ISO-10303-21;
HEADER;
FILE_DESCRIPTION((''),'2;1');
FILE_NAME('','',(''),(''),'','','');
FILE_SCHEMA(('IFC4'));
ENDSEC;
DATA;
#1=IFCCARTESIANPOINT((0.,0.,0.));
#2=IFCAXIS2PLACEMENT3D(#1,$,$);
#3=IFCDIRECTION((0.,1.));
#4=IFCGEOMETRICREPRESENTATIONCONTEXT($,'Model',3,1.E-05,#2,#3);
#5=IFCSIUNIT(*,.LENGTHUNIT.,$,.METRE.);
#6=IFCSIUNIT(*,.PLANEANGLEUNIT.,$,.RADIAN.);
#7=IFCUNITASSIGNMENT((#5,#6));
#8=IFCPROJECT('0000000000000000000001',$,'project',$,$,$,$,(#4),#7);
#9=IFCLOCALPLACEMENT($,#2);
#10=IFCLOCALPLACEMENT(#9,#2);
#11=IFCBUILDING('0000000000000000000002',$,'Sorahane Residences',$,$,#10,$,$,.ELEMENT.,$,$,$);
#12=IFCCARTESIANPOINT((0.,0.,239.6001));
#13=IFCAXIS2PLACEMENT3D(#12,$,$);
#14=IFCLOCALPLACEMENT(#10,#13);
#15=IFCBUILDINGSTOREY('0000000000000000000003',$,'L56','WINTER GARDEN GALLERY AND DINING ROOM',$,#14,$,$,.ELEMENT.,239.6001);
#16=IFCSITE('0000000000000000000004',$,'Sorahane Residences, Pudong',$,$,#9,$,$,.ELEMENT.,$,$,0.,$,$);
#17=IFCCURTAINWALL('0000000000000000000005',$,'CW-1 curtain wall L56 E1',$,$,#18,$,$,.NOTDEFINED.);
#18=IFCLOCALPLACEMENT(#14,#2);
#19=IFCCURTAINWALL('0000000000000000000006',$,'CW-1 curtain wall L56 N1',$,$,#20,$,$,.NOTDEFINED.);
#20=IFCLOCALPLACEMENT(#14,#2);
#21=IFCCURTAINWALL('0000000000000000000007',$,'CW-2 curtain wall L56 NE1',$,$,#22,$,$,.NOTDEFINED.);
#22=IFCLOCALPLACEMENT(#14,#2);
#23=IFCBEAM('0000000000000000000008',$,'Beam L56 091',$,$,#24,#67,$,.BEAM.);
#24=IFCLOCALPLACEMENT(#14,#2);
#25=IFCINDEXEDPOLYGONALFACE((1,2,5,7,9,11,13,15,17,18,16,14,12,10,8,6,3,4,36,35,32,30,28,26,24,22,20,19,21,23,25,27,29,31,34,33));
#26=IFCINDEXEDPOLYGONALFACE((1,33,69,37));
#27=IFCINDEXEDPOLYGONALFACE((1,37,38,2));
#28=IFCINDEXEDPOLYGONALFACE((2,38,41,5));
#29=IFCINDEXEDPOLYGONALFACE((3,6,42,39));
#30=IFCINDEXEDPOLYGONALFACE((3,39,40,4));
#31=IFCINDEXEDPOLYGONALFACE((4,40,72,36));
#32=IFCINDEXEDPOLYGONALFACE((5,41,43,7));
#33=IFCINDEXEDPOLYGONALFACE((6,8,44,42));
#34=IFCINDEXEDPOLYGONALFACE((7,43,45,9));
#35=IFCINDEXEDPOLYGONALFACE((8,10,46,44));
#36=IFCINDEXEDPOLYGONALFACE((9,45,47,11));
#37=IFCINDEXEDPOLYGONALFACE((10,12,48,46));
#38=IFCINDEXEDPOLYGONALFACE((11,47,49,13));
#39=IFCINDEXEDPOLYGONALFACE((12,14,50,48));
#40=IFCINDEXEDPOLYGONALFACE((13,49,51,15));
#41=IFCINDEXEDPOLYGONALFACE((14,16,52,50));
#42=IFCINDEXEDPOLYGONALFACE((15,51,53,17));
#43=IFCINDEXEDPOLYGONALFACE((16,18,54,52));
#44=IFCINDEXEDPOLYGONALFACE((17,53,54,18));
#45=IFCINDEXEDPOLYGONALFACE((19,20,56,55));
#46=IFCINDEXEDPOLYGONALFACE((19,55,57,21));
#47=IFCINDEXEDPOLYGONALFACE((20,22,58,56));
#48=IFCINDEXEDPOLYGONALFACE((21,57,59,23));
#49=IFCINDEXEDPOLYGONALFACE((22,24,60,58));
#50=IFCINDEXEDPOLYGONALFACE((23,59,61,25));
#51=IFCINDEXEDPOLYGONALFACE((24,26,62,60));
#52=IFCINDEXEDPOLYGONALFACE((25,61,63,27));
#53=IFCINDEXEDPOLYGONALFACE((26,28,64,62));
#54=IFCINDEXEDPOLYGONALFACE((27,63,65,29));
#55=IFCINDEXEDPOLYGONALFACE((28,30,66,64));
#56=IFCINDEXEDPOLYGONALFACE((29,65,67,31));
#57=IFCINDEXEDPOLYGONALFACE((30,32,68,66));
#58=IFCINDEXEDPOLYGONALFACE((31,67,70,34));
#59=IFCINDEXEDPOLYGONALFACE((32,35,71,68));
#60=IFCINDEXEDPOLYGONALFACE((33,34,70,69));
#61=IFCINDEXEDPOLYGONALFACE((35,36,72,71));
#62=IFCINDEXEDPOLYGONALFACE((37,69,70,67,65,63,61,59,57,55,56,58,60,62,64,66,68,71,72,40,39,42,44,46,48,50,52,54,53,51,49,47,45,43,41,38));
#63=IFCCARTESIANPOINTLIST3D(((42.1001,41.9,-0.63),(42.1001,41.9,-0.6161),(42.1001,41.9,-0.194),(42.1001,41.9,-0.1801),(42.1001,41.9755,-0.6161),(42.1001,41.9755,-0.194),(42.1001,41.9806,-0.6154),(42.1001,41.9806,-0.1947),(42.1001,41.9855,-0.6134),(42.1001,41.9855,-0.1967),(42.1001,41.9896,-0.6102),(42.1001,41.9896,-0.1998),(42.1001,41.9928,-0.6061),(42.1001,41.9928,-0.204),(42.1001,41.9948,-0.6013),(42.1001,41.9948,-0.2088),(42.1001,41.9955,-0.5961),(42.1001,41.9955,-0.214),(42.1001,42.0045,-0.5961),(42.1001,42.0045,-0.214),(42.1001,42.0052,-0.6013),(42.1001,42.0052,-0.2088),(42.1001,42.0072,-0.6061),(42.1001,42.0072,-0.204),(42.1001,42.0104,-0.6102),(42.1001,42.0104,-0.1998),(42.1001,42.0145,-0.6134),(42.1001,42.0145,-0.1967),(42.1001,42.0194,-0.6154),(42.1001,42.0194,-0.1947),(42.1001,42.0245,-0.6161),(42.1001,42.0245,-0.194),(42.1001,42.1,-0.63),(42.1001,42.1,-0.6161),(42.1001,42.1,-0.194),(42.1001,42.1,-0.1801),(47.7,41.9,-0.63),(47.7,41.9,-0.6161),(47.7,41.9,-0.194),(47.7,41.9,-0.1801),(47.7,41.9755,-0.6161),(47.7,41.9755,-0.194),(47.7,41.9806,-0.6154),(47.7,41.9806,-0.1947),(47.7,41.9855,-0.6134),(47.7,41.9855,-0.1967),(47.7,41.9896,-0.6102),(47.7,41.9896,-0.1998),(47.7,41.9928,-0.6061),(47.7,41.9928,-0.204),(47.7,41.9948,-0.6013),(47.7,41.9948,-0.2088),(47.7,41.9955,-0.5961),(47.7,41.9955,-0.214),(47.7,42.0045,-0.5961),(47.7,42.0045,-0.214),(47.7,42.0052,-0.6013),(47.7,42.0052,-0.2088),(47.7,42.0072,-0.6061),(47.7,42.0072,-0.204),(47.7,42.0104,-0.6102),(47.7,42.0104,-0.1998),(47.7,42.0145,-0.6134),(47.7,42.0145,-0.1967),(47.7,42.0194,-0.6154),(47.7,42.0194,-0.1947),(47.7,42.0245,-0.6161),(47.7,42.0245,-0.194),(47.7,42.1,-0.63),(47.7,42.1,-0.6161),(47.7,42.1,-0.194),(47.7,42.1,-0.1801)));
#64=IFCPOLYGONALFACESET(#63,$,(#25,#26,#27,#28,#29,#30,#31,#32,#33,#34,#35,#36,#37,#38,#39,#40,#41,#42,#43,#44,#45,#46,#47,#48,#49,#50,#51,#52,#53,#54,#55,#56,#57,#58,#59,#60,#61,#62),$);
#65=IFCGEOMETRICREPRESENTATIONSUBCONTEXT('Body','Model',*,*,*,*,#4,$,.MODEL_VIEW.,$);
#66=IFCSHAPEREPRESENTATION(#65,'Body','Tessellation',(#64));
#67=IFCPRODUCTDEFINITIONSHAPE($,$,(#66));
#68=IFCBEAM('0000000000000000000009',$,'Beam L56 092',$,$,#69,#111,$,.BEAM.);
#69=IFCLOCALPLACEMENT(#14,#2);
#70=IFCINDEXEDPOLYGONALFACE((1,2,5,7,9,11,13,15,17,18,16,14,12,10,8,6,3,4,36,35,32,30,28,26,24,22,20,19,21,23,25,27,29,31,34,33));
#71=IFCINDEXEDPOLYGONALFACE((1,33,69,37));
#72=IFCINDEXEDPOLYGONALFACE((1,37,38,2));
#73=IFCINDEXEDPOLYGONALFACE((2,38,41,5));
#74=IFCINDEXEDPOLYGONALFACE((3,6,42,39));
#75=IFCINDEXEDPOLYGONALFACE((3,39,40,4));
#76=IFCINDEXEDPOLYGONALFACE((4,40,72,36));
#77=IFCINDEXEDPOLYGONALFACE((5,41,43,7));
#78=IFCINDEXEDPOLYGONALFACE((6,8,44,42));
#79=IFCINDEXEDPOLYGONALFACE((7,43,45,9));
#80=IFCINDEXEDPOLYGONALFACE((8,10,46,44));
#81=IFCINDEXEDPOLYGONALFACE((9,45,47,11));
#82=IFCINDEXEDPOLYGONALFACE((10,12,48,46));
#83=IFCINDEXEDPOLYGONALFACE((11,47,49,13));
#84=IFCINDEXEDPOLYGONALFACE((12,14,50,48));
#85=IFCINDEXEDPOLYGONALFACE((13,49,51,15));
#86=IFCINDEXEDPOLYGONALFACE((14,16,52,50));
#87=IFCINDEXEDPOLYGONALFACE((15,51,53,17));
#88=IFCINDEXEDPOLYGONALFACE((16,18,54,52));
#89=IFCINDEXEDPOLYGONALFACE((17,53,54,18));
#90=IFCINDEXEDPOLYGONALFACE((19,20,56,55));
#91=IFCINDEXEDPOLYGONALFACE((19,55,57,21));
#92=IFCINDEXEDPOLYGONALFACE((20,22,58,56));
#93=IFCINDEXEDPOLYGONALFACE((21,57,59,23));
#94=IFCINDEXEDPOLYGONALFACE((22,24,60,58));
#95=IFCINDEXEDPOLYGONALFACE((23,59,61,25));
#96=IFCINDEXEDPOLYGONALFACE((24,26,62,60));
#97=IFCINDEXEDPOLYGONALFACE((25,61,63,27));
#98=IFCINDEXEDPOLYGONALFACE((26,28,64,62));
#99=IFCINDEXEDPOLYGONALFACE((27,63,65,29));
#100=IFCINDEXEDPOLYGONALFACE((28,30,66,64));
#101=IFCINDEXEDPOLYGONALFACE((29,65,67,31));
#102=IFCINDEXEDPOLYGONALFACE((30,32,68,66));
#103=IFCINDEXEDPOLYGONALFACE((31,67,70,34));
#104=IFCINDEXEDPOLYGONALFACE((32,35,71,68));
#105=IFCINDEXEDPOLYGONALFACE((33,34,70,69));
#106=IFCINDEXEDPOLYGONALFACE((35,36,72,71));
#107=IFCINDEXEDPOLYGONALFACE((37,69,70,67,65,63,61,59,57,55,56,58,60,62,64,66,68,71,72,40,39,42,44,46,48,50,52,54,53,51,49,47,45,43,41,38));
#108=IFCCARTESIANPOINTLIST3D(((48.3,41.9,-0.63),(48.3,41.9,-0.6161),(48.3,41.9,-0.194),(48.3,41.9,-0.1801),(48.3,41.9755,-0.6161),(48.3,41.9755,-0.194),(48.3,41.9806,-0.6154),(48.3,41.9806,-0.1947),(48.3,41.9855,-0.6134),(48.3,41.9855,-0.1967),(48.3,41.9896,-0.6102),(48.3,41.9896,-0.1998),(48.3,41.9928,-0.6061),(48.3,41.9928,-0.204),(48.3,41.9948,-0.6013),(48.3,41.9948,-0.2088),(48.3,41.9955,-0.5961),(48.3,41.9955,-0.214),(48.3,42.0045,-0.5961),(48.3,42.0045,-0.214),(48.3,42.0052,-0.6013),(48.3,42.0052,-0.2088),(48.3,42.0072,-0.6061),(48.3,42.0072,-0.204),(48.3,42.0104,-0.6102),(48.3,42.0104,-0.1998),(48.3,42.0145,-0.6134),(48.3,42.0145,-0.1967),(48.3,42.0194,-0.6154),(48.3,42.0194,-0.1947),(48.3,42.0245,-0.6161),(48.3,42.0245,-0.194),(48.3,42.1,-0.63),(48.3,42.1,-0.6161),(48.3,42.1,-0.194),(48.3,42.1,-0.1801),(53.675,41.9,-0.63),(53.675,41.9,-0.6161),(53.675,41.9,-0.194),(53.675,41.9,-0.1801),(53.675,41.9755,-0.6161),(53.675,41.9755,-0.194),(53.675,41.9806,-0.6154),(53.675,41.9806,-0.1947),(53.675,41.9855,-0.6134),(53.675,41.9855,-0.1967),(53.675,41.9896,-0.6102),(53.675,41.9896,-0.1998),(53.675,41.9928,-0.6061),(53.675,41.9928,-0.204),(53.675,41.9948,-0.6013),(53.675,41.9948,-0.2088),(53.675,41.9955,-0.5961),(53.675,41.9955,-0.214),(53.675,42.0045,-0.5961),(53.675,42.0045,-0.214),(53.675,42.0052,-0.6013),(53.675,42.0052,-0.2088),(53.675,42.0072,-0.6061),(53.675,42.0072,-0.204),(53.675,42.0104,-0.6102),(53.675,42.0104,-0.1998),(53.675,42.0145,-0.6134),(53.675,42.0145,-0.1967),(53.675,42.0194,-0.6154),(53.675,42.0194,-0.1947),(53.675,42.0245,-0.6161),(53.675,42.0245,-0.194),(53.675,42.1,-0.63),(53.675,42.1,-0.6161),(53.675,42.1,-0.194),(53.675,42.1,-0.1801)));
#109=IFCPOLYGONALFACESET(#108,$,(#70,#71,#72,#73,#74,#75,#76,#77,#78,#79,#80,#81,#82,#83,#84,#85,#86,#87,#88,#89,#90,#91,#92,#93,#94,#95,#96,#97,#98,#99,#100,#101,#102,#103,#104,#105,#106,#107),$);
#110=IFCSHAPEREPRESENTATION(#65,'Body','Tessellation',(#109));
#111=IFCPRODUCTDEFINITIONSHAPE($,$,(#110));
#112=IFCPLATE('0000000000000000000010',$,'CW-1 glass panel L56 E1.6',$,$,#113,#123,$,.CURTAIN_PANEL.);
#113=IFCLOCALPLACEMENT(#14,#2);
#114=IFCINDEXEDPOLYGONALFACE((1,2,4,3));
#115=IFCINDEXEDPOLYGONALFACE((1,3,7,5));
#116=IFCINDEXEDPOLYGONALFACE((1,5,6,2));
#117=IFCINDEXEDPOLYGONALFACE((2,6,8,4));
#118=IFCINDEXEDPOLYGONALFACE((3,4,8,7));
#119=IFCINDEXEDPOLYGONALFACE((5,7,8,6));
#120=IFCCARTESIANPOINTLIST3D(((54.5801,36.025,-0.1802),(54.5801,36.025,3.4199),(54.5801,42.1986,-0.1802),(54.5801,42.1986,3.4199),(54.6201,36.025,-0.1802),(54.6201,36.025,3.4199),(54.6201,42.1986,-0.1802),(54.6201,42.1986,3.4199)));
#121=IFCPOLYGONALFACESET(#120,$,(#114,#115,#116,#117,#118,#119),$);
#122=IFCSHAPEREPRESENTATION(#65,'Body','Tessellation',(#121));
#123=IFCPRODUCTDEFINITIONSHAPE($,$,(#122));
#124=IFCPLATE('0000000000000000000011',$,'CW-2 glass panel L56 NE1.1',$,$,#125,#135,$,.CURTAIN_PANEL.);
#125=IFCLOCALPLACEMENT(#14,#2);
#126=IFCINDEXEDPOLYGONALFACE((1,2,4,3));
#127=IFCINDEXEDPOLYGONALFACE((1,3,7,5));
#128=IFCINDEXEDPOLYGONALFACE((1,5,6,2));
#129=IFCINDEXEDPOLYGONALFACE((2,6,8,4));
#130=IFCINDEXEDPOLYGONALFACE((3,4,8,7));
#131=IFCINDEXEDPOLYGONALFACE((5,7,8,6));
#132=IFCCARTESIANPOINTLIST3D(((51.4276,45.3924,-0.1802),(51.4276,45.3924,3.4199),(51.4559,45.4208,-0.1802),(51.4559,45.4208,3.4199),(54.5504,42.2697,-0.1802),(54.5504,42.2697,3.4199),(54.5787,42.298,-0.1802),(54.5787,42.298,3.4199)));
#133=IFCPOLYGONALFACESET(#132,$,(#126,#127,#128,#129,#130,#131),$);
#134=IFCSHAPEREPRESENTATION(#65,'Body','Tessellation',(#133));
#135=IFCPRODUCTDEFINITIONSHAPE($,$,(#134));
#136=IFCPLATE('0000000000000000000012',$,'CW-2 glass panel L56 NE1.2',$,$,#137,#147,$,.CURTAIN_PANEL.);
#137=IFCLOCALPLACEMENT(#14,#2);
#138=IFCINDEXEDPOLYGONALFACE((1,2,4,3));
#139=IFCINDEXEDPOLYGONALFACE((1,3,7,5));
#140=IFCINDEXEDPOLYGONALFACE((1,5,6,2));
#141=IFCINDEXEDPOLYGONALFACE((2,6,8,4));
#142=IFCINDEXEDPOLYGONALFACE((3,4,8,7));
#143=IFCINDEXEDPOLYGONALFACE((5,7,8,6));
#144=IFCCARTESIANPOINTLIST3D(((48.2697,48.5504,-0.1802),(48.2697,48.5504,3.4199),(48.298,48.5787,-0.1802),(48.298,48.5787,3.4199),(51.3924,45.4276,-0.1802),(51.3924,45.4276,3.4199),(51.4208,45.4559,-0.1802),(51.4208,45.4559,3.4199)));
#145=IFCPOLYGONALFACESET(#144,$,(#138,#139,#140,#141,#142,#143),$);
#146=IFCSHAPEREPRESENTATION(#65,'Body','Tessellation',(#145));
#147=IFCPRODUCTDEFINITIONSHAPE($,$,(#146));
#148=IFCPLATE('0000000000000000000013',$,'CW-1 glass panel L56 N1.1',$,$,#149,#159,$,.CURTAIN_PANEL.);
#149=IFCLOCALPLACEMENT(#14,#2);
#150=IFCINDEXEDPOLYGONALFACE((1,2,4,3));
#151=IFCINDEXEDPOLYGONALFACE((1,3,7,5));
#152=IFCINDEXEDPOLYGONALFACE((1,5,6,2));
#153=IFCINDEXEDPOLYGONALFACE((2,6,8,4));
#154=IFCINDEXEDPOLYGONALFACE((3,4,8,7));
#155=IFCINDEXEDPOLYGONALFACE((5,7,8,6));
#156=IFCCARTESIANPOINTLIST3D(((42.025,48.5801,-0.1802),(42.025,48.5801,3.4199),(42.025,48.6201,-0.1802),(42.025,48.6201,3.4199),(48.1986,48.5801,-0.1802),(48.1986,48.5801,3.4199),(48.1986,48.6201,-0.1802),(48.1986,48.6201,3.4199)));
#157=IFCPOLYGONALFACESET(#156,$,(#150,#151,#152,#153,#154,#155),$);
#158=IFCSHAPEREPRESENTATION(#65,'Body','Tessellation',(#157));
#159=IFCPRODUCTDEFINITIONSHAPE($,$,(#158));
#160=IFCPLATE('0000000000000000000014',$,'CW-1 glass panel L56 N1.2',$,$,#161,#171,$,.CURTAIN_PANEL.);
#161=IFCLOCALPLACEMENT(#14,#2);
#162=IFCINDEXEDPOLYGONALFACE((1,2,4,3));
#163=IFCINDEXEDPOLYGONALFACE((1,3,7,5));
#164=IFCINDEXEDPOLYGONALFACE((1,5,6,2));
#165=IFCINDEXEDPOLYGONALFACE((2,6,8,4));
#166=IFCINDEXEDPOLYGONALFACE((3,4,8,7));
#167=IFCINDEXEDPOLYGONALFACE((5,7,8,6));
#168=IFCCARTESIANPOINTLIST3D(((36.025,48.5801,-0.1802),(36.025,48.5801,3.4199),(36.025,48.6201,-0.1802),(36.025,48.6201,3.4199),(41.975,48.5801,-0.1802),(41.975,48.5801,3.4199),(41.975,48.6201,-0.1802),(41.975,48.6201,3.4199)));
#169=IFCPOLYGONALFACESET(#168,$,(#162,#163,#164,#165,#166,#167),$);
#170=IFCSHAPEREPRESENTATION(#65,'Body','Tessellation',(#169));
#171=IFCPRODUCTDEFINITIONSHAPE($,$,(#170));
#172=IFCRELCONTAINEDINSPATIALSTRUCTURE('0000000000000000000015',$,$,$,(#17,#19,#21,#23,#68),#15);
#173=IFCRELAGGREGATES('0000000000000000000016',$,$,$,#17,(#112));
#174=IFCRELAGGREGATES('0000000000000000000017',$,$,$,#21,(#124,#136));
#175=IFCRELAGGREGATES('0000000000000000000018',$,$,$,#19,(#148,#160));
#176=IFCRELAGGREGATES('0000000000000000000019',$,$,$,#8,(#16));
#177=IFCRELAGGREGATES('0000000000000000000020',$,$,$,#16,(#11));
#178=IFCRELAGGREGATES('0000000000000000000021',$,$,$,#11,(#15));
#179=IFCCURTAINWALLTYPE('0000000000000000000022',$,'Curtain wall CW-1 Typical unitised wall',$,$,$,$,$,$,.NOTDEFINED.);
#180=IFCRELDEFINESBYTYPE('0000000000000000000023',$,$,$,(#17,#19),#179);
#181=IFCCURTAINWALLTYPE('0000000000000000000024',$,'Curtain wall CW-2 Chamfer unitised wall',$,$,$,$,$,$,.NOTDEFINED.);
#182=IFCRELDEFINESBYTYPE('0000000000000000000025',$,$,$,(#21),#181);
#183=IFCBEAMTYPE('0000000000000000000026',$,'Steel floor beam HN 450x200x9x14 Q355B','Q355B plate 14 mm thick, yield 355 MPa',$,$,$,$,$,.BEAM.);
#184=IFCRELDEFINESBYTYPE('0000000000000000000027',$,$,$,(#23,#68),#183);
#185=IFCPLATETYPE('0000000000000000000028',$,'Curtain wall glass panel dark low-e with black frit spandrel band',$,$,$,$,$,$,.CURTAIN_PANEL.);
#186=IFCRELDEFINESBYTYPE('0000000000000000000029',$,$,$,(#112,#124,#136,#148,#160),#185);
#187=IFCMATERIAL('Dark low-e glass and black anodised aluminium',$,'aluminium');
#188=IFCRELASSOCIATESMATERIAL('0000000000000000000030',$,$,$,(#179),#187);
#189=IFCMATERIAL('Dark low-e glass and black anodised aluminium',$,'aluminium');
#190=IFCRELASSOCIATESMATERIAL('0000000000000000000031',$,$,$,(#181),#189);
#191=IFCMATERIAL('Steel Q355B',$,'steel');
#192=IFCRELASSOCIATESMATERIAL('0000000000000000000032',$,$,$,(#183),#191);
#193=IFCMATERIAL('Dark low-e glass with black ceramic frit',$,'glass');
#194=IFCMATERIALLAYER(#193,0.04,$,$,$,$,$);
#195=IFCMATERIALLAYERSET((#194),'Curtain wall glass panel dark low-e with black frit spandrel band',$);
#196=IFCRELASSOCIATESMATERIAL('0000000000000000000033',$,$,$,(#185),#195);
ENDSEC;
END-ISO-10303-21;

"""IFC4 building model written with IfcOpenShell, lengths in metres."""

from ifc_helpers import new_model, si_unit, direction, frame, origin, origin_2d, place, context, subcontext, project, spatial, rectangle, i_section, extrude, material, layer, layer_set, material_profile, profile_set, type_object, element, aggregate, save


model = new_model("IFC4")

# Units and contexts
model_context = context("Model", 3, precision=1e-05, world=origin(), true_north=direction((0.0, 1.0)))
body_context = subcontext(model_context, "Body", "Model", "MODEL_VIEW")
ifc_project = project(units=[si_unit("LENGTHUNIT", "METRE"), si_unit("PLANEANGLEUNIT", "RADIAN")], contexts=[model_context])

# Site, building, storey
site_placement = place(None, origin())
site = spatial("IfcSite", under=ifc_project, at=site_placement, Name="Sorahane Residences, Pudong", CompositionType="ELEMENT", RefElevation=0.0)
building_placement = place(site_placement, origin())
building = spatial("IfcBuilding", under=site, at=building_placement, Name="Sorahane Residences", CompositionType="ELEMENT")
storey_placement = place(building_placement, frame((0.0, 0.0, 239.6001)))
storey = spatial("IfcBuildingStorey", under=building, at=storey_placement, Name="L56", Description="WINTER GARDEN GALLERY AND DINING ROOM", CompositionType="ELEMENT", Elevation=239.6001)

# Curtain walls
ifc_material_1 = material(Name="Dark low-e glass and black anodised aluminium", Category="aluminium")
curtain_wall_type_1 = type_object("IfcCurtainWallType", Name="Curtain wall CW-1 Typical unitised wall", PredefinedType="NOTDEFINED", material=ifc_material_1)
curtain_wall_1_placement = place(storey_placement, origin())
curtain_wall_1 = element("IfcCurtainWall", 1, at=curtain_wall_1_placement, inside=storey, type_object=curtain_wall_type_1, Name="CW-1 curtain wall L56 E1", PredefinedType="NOTDEFINED")
curtain_wall_2_placement = place(storey_placement, origin())
curtain_wall_2 = element("IfcCurtainWall", 2, at=curtain_wall_2_placement, inside=storey, type_object=curtain_wall_type_1, Name="CW-1 curtain wall L56 N1", PredefinedType="NOTDEFINED")

# Curtain wall
ifc_material_2 = material(Name="Dark low-e glass and black anodised aluminium", Category="aluminium")
curtain_wall_type_2 = type_object("IfcCurtainWallType", Name="Curtain wall CW-2 Chamfer unitised wall", PredefinedType="NOTDEFINED", material=ifc_material_2)
curtain_wall_3_placement = place(storey_placement, origin())
curtain_wall_3 = element("IfcCurtainWall", 3, at=curtain_wall_3_placement, inside=storey, type_object=curtain_wall_type_2, Name="CW-2 curtain wall L56 NE1", PredefinedType="NOTDEFINED")

# Beams
ifc_material_3 = material(Name="Steel Q355B", Category="steel")
ifc_material_profile_1 = material_profile(ifc_material_3, i_section(OverallWidth=0.2, OverallDepth=0.45, WebThickness=0.009, FlangeThickness=0.0139, FilletRadius=0.02, at=origin_2d()), Name="HN 450x200x9x14")
ifc_profile_set_1 = profile_set([ifc_material_profile_1], Name="Steel Q355B")
beam_type_1 = type_object("IfcBeamType", Name="Steel floor beam HN 450x200x9x14 Q355B", Description="Q355B plate 14 mm thick, yield 355 MPa", PredefinedType="BEAM", material=ifc_profile_set_1)
beam_1_placement = place(storey_placement, frame((42.1001, 42.0, -0.405), z_axis=(1.0, 0.0, 0.0), x_axis=(0.0, 1.0, 0.0)))
element("IfcBeam", 4, at=beam_1_placement, inside=storey, type_object=beam_type_1, Name="Beam L56 091", PredefinedType="BEAM", context=body_context, shape_type="SweptSolid", body=[
    extrude(i_section(OverallWidth=0.2, OverallDepth=0.45, WebThickness=0.009, FlangeThickness=0.0139, FilletRadius=0.02, at=origin_2d()), origin(), (0.0, 0.0, 1.0), 5.5999),
])
beam_2_placement = place(storey_placement, frame((48.3, 42.0, -0.405), z_axis=(1.0, 0.0, 0.0), x_axis=(0.0, 1.0, 0.0)))
element("IfcBeam", 5, at=beam_2_placement, inside=storey, type_object=beam_type_1, Name="Beam L56 092", PredefinedType="BEAM", context=body_context, shape_type="SweptSolid", body=[
    extrude(i_section(OverallWidth=0.2, OverallDepth=0.45, WebThickness=0.009, FlangeThickness=0.0139, FilletRadius=0.02, at=origin_2d()), origin(), (0.0, 0.0, 1.0), 5.375),
])

# Plates
ifc_material_4 = material(Name="Dark low-e glass with black ceramic frit", Category="glass")
ifc_layer_1 = layer(ifc_material_4, 0.04)
ifc_layer_set_1 = layer_set([ifc_layer_1], Name="Curtain wall glass panel dark low-e with black frit spandrel band")
plate_type = type_object("IfcPlateType", Name="Curtain wall glass panel dark low-e with black frit spandrel band", PredefinedType="CURTAIN_PANEL", material=ifc_layer_set_1)
plate_1_placement = place(storey_placement, frame((54.6001, 39.1118, -0.1802), z_axis=(0.0, 0.0, 1.0), x_axis=(0.0, 1.0, 0.0)))
plate_1 = element("IfcPlate", 6, at=plate_1_placement, type_object=plate_type, Name="CW-1 glass panel L56 E1.6", PredefinedType="CURTAIN_PANEL", context=body_context, shape_type="SweptSolid", body=[
    extrude(rectangle(XDim=6.1736, YDim=0.04, at=origin_2d()), origin(), (0.0, 0.0, 1.0), 3.6001),
])
aggregate(curtain_wall_1, [plate_1])
plate_2_placement = place(storey_placement, frame((53.0032, 43.8452, -0.1802), z_axis=(0.0, 0.0, 1.0), x_axis=(-0.707107, 0.707107, 0.0)))
plate_2 = element("IfcPlate", 7, at=plate_2_placement, type_object=plate_type, Name="CW-2 glass panel L56 NE1.1", PredefinedType="CURTAIN_PANEL", context=body_context, shape_type="SweptSolid", body=[
    extrude(rectangle(XDim=4.4163, YDim=0.04, at=origin_2d()), origin(), (0.0, 0.0, 1.0), 3.6001),
])
plate_3_placement = place(storey_placement, frame((49.8452, 47.0032, -0.1802), z_axis=(0.0, 0.0, 1.0), x_axis=(-0.707107, 0.707107, 0.0)))
plate_3 = element("IfcPlate", 8, at=plate_3_placement, type_object=plate_type, Name="CW-2 glass panel L56 NE1.2", PredefinedType="CURTAIN_PANEL", context=body_context, shape_type="SweptSolid", body=[
    extrude(rectangle(XDim=4.4163, YDim=0.04, at=origin_2d()), origin(), (0.0, 0.0, 1.0), 3.6001),
])
aggregate(curtain_wall_3, [plate_2, plate_3])
plate_4_placement = place(storey_placement, frame((45.1118, 48.6001, -0.1802), z_axis=(0.0, 0.0, 1.0), x_axis=(-1.0, 0.0, 0.0)))
plate_4 = element("IfcPlate", 9, at=plate_4_placement, type_object=plate_type, Name="CW-1 glass panel L56 N1.1", PredefinedType="CURTAIN_PANEL", context=body_context, shape_type="SweptSolid", body=[
    extrude(rectangle(XDim=6.1736, YDim=0.04, at=origin_2d()), origin(), (0.0, 0.0, 1.0), 3.6001),
])
plate_5_placement = place(storey_placement, frame((39.0, 48.6001, -0.1802), z_axis=(0.0, 0.0, 1.0), x_axis=(-1.0, 0.0, 0.0)))
plate_5 = element("IfcPlate", 10, at=plate_5_placement, type_object=plate_type, Name="CW-1 glass panel L56 N1.2", PredefinedType="CURTAIN_PANEL", context=body_context, shape_type="SweptSolid", body=[
    extrude(rectangle(XDim=5.95, YDim=0.04, at=origin_2d()), origin(), (0.0, 0.0, 1.0), 3.6001),
])
aggregate(curtain_wall_2, [plate_4, plate_5])

save(model, "model.ifc")
